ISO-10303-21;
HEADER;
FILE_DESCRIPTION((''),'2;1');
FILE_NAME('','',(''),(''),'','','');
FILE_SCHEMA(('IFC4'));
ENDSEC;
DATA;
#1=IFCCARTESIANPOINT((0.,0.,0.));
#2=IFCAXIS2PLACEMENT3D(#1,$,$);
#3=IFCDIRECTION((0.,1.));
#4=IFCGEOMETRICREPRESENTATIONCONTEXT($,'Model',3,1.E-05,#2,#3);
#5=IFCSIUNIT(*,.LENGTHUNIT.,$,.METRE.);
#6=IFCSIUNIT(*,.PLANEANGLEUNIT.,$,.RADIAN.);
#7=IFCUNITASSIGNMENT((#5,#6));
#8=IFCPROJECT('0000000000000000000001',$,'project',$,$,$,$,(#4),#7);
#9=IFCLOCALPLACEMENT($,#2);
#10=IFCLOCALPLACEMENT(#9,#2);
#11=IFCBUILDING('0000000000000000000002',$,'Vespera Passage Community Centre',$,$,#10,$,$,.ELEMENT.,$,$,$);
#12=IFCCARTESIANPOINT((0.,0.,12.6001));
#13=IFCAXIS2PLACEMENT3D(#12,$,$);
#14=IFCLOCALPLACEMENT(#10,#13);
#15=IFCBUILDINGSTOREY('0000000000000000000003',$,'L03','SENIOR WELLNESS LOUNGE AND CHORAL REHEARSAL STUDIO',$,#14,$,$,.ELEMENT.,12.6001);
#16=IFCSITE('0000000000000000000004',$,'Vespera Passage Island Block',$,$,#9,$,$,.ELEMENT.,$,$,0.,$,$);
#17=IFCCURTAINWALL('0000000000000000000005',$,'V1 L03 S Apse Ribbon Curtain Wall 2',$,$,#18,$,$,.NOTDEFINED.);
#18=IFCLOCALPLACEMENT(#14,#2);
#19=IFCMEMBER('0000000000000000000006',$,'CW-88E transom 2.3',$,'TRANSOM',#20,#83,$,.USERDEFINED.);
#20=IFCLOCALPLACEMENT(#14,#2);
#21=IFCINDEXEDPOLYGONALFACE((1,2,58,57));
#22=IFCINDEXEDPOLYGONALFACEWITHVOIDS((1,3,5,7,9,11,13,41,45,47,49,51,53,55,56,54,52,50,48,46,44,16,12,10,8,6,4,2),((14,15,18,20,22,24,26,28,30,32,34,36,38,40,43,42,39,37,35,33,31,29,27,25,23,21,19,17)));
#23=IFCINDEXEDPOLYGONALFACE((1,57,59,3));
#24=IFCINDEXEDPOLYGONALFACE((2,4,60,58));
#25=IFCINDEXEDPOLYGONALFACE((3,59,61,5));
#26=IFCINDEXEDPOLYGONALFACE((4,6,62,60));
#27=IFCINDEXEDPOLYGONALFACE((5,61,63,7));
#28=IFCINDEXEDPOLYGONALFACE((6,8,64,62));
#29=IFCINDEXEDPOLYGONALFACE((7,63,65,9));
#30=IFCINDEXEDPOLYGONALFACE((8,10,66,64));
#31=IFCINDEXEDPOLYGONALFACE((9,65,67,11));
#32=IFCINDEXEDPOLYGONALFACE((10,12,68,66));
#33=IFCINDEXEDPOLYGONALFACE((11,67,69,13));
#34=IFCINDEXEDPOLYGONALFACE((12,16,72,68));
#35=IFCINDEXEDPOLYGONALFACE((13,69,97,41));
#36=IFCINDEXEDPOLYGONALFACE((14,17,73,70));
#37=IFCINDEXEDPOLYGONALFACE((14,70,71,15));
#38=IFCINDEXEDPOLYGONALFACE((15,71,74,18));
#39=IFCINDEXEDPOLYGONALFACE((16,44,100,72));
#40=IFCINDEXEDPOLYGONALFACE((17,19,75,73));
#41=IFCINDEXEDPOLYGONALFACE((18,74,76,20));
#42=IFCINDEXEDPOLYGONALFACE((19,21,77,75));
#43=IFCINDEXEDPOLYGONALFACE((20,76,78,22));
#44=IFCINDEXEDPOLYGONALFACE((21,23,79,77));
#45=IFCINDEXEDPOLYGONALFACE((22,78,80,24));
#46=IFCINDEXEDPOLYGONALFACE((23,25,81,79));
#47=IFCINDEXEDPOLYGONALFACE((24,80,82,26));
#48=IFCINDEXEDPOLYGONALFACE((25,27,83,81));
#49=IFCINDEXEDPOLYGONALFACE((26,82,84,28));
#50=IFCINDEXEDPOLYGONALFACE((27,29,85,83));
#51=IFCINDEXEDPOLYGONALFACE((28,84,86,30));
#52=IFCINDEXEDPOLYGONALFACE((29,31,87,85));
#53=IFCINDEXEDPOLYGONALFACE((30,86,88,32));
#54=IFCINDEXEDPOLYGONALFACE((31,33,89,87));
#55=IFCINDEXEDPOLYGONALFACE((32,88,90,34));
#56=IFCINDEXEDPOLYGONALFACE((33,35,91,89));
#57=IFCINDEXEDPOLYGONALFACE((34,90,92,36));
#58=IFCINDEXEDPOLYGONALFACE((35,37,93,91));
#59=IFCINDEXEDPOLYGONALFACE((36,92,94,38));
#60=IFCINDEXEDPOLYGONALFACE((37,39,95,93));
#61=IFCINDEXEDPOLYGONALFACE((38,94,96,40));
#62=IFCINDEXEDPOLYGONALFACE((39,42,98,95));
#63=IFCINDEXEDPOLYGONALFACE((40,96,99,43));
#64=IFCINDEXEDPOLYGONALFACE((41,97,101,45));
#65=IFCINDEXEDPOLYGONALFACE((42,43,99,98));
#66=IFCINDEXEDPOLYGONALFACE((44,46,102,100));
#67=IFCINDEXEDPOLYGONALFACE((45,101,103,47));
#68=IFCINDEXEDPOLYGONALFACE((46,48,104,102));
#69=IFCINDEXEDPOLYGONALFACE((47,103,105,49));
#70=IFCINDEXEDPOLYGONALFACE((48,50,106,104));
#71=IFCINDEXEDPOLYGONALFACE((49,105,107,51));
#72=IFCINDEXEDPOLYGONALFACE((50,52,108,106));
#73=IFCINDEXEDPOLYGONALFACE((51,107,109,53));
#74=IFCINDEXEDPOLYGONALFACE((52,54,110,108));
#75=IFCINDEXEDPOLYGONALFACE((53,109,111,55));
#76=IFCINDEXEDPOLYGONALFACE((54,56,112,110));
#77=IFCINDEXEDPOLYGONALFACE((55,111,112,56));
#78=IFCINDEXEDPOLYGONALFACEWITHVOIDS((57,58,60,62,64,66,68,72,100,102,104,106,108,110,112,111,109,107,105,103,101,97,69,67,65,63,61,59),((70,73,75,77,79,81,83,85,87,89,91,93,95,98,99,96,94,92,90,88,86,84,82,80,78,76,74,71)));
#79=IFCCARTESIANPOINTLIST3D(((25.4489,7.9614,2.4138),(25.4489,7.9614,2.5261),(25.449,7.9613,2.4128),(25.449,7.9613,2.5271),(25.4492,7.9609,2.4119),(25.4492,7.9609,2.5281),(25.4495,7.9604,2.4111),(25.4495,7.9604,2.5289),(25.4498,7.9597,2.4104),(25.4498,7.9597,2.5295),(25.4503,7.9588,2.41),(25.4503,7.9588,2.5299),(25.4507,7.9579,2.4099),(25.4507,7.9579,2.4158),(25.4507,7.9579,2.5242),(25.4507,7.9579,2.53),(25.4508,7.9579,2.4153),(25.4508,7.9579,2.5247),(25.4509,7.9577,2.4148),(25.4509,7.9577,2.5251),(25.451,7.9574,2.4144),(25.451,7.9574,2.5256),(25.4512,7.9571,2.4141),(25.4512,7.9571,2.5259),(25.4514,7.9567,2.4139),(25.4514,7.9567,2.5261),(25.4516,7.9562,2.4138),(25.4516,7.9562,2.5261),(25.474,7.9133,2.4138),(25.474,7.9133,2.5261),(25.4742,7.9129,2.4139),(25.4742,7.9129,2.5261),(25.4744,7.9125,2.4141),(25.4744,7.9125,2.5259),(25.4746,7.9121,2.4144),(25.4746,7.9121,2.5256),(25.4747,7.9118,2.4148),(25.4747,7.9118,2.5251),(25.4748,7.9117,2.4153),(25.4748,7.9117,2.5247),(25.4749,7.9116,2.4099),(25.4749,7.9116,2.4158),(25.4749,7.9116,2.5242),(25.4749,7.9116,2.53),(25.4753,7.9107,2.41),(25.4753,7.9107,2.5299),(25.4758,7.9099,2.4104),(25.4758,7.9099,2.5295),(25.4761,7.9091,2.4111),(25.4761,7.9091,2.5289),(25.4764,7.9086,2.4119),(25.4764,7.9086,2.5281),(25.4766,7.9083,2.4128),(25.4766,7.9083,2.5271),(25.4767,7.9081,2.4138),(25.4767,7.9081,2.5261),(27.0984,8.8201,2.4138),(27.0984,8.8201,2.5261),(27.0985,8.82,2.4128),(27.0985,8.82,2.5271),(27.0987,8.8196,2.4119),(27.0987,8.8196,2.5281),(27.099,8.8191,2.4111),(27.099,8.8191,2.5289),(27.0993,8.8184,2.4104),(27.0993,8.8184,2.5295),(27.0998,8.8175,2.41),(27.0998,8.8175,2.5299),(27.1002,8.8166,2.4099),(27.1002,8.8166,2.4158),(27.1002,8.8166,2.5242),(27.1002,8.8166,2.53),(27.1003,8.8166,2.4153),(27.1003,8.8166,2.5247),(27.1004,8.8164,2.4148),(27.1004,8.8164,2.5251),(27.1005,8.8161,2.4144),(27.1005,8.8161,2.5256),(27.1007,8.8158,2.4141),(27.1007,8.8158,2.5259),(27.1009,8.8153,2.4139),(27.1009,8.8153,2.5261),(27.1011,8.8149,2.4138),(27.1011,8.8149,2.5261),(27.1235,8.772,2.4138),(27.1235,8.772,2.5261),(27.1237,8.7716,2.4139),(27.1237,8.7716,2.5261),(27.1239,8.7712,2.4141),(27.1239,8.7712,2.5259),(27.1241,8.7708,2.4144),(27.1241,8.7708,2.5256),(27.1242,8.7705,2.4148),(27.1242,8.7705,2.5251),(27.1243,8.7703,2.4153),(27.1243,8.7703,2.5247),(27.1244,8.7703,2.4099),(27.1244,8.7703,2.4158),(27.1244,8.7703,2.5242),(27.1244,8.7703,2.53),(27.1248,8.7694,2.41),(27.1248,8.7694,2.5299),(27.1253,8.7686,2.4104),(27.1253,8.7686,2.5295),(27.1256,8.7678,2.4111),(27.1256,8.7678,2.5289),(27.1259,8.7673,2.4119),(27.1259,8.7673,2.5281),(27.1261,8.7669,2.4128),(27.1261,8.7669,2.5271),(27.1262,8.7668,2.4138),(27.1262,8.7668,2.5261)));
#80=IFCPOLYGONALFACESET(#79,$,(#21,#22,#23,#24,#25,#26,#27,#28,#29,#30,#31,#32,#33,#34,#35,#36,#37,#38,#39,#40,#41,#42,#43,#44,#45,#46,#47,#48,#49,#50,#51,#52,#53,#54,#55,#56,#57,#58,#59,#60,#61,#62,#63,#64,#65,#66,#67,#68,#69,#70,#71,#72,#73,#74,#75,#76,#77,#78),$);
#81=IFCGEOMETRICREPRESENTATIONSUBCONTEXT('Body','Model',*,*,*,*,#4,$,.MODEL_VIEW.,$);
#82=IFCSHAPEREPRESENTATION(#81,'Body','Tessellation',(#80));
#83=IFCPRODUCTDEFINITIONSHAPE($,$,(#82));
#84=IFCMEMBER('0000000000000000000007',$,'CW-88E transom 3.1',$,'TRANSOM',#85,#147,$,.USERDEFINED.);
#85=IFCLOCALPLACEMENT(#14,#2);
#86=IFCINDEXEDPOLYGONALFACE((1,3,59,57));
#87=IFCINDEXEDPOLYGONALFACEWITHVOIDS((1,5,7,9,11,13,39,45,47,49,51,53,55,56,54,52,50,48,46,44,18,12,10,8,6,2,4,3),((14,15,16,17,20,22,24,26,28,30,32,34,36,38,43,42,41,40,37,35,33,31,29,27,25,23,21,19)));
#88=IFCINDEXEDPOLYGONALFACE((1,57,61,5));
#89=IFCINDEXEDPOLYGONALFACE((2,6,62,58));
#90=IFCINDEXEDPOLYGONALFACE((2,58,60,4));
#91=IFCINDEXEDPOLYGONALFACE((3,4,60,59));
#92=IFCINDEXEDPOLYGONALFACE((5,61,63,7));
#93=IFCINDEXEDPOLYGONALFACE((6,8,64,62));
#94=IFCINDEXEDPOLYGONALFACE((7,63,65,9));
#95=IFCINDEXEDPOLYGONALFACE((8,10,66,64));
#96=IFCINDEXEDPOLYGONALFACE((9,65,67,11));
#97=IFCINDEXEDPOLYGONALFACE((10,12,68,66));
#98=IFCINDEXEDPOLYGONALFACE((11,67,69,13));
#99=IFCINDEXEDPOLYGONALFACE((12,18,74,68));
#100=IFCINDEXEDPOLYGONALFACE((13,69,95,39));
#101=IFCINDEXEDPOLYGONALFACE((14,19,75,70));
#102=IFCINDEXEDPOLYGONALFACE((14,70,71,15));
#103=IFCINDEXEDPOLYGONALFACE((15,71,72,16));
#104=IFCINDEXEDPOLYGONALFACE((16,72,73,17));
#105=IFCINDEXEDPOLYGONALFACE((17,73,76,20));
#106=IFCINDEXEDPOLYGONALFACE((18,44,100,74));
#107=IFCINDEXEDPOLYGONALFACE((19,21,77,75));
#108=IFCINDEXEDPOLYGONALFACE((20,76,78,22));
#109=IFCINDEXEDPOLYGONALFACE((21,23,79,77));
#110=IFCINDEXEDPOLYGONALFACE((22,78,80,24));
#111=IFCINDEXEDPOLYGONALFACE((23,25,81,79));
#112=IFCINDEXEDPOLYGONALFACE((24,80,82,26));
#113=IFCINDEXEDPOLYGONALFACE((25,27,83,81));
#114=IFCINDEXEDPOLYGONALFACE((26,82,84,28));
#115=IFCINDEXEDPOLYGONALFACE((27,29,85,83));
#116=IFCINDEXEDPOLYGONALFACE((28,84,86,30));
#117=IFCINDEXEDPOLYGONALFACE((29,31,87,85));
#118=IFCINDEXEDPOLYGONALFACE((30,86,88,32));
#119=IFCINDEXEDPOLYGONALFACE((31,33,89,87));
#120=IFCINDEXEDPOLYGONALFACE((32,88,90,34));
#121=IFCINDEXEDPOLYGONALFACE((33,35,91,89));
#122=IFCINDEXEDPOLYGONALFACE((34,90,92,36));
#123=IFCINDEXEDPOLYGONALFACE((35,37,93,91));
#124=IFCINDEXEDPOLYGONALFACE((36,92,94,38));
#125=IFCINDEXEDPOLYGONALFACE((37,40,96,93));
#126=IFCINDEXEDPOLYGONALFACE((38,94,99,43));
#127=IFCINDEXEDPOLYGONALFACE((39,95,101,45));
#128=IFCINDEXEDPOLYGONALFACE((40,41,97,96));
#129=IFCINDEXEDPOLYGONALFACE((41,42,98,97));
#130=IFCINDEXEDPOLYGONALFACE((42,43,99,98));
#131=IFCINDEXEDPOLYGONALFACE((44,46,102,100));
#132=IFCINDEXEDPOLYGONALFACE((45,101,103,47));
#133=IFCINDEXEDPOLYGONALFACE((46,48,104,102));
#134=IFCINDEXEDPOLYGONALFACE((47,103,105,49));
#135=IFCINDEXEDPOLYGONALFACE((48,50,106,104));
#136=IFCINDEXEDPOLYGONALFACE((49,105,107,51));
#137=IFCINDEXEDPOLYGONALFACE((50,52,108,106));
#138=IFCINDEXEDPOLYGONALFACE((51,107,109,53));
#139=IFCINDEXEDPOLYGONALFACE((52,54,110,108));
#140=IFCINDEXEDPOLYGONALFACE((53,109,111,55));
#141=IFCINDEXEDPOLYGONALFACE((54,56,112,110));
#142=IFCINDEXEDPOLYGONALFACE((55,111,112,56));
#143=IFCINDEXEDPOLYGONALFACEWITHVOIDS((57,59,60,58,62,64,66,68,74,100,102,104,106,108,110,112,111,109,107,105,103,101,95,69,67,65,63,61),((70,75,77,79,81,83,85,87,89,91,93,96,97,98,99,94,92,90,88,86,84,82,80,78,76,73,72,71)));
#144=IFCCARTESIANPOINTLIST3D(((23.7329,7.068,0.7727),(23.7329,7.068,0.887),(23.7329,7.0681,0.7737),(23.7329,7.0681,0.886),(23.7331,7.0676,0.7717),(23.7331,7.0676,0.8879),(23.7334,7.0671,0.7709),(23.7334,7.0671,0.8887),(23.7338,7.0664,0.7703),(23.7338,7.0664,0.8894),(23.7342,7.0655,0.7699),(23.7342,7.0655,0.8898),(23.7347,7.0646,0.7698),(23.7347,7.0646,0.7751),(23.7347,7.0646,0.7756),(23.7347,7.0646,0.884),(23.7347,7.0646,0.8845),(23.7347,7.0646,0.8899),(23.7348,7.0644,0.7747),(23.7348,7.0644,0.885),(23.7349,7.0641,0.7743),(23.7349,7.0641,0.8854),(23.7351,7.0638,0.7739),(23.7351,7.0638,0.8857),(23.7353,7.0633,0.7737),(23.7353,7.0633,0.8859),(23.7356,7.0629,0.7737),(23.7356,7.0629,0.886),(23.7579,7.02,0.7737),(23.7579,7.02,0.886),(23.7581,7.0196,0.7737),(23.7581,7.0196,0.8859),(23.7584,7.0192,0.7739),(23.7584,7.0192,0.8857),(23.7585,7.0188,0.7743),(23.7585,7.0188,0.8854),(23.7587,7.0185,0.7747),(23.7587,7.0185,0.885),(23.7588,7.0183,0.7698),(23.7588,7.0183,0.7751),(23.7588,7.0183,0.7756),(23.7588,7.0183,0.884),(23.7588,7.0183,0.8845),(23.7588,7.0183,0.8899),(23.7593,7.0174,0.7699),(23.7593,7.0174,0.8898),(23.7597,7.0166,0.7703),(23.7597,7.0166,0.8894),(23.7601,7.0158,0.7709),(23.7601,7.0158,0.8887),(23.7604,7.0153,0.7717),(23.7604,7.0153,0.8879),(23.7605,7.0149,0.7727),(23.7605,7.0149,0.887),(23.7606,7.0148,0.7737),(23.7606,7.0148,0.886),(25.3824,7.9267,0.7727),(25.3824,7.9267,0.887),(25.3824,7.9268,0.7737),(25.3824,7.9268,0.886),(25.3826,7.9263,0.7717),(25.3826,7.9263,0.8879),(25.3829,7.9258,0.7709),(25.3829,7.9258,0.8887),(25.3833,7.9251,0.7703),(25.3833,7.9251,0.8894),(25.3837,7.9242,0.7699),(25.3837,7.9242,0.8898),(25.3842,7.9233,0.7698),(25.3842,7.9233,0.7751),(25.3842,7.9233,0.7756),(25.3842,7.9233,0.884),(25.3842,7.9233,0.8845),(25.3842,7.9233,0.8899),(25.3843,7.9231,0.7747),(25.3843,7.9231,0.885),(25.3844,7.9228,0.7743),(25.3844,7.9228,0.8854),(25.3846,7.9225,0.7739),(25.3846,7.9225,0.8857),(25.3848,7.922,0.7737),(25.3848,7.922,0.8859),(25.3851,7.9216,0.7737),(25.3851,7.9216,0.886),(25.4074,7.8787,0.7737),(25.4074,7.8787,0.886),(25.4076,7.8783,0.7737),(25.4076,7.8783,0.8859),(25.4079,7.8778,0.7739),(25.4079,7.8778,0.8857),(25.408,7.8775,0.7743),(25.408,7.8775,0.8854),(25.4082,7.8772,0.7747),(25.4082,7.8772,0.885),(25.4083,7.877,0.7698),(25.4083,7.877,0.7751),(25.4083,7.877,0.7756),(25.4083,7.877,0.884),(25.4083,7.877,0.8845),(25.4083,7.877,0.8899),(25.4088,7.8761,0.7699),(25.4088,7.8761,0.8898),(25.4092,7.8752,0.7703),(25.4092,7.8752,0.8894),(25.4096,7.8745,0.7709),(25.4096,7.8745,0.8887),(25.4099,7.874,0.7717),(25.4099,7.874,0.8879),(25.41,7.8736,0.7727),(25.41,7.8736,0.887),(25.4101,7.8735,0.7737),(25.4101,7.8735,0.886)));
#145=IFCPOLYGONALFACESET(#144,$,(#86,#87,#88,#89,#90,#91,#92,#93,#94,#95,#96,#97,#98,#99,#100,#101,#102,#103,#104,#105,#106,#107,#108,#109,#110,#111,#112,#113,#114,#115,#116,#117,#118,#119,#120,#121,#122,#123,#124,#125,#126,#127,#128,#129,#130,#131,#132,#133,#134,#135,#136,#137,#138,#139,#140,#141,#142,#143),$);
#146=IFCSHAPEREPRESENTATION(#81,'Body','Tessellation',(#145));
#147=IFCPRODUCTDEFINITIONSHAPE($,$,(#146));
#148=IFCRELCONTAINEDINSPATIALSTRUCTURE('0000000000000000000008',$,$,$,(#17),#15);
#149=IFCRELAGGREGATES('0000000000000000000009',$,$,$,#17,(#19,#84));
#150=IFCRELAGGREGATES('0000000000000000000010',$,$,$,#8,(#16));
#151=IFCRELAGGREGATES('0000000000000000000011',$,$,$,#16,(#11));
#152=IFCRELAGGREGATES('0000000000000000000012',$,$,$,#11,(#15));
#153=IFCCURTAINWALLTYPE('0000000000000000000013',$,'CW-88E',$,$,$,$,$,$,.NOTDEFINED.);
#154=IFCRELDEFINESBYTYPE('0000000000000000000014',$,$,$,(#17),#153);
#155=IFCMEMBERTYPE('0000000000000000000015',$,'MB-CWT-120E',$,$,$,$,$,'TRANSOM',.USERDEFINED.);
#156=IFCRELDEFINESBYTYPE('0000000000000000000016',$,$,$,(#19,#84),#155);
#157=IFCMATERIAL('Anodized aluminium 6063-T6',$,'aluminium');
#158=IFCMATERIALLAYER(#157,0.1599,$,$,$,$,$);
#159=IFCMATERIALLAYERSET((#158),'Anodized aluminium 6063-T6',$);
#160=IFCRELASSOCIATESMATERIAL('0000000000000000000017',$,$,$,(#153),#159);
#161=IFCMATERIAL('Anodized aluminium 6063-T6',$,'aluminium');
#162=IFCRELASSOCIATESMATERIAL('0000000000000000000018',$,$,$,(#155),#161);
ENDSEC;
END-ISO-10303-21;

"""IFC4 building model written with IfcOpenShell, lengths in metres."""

from ifc_helpers import new_model, si_unit, direction, frame, origin, origin_2d, place, context, subcontext, project, spatial, hollow_rectangle, extrude, material, layer, layer_set, material_profile, profile_set, type_object, element, aggregate, save


model = new_model("IFC4")

# Units and contexts
model_context = context("Model", 3, precision=1e-05, world=origin(), true_north=direction((0.0, 1.0)))
body_context = subcontext(model_context, "Body", "Model", "MODEL_VIEW")
ifc_project = project(units=[si_unit("LENGTHUNIT", "METRE"), si_unit("PLANEANGLEUNIT", "RADIAN")], contexts=[model_context])

# Site, building, storey
site_placement = place(None, origin())
site = spatial("IfcSite", under=ifc_project, at=site_placement, Name="Vespera Passage Island Block", CompositionType="ELEMENT", RefElevation=0.0)
building_placement = place(site_placement, origin())
building = spatial("IfcBuilding", under=site, at=building_placement, Name="Vespera Passage Community Centre", CompositionType="ELEMENT")
storey_placement = place(building_placement, frame((0.0, 0.0, 12.6001)))
storey = spatial("IfcBuildingStorey", under=building, at=storey_placement, Name="L03", Description="SENIOR WELLNESS LOUNGE AND CHORAL REHEARSAL STUDIO", CompositionType="ELEMENT", Elevation=12.6001)

# Curtain wall, members
ifc_material_1 = material(Name="Anodized aluminium 6063-T6", Category="aluminium")
ifc_layer_1 = layer(ifc_material_1, 0.1599)
ifc_layer_set_1 = layer_set([ifc_layer_1], Name="Anodized aluminium 6063-T6")
curtain_wall_type = type_object("IfcCurtainWallType", Name="CW-88E", PredefinedType="NOTDEFINED", material=ifc_layer_set_1)
curtain_wall_placement = place(storey_placement, origin())
curtain_wall = element("IfcCurtainWall", 1, at=curtain_wall_placement, inside=storey, type_object=curtain_wall_type, Name="V1 L03 S Apse Ribbon Curtain Wall 2", PredefinedType="NOTDEFINED")
ifc_material_2 = material(Name="Anodized aluminium 6063-T6", Category="aluminium")
ifc_material_profile_1 = material_profile(ifc_material_2, hollow_rectangle(XDim=0.0601, YDim=0.1201, WallThickness=0.0039, InnerFilletRadius=0.002, OuterFilletRadius=0.0039, at=origin_2d()), Name="ALU120X60X4")
ifc_profile_set_1 = profile_set([ifc_material_profile_1], Name="Anodized aluminium 6063-T6")
member_type_1 = type_object("IfcMemberType", Name="MB-CWT-120E", ElementType="TRANSOM", PredefinedType="USERDEFINED", material=ifc_profile_set_1)
member_1_placement = place(storey_placement, frame((27.1123, 8.7935, 2.47), z_axis=(-0.887008, -0.461754, 0.0), x_axis=(0.461754, -0.887008, 0.0)))
member_1 = element("IfcMember", 2, at=member_1_placement, type_object=member_type_1, Name="CW-88E transom 2.3", ObjectType="TRANSOM", PredefinedType="USERDEFINED", context=body_context, shape_type="SweptSolid", body=[
    extrude(hollow_rectangle(XDim=0.0601, YDim=0.1201, WallThickness=0.0039, InnerFilletRadius=0.002, OuterFilletRadius=0.0039, at=origin_2d()), origin(), (0.0, 0.0, 1.0), 1.8596),
])
member_2_placement = place(storey_placement, frame((25.3962, 7.9001, 0.8298), z_axis=(-0.887008, -0.461754, 0.0), x_axis=(0.461754, -0.887008, 0.0)))
member_2 = element("IfcMember", 3, at=member_2_placement, type_object=member_type_1, Name="CW-88E transom 3.1", ObjectType="TRANSOM", PredefinedType="USERDEFINED", context=body_context, shape_type="SweptSolid", body=[
    extrude(hollow_rectangle(XDim=0.0601, YDim=0.1201, WallThickness=0.0039, InnerFilletRadius=0.002, OuterFilletRadius=0.0039, at=origin_2d()), origin(), (0.0, 0.0, 1.0), 1.8596),
])
aggregate(curtain_wall, [member_1, member_2])

save(model, "model.ifc")
